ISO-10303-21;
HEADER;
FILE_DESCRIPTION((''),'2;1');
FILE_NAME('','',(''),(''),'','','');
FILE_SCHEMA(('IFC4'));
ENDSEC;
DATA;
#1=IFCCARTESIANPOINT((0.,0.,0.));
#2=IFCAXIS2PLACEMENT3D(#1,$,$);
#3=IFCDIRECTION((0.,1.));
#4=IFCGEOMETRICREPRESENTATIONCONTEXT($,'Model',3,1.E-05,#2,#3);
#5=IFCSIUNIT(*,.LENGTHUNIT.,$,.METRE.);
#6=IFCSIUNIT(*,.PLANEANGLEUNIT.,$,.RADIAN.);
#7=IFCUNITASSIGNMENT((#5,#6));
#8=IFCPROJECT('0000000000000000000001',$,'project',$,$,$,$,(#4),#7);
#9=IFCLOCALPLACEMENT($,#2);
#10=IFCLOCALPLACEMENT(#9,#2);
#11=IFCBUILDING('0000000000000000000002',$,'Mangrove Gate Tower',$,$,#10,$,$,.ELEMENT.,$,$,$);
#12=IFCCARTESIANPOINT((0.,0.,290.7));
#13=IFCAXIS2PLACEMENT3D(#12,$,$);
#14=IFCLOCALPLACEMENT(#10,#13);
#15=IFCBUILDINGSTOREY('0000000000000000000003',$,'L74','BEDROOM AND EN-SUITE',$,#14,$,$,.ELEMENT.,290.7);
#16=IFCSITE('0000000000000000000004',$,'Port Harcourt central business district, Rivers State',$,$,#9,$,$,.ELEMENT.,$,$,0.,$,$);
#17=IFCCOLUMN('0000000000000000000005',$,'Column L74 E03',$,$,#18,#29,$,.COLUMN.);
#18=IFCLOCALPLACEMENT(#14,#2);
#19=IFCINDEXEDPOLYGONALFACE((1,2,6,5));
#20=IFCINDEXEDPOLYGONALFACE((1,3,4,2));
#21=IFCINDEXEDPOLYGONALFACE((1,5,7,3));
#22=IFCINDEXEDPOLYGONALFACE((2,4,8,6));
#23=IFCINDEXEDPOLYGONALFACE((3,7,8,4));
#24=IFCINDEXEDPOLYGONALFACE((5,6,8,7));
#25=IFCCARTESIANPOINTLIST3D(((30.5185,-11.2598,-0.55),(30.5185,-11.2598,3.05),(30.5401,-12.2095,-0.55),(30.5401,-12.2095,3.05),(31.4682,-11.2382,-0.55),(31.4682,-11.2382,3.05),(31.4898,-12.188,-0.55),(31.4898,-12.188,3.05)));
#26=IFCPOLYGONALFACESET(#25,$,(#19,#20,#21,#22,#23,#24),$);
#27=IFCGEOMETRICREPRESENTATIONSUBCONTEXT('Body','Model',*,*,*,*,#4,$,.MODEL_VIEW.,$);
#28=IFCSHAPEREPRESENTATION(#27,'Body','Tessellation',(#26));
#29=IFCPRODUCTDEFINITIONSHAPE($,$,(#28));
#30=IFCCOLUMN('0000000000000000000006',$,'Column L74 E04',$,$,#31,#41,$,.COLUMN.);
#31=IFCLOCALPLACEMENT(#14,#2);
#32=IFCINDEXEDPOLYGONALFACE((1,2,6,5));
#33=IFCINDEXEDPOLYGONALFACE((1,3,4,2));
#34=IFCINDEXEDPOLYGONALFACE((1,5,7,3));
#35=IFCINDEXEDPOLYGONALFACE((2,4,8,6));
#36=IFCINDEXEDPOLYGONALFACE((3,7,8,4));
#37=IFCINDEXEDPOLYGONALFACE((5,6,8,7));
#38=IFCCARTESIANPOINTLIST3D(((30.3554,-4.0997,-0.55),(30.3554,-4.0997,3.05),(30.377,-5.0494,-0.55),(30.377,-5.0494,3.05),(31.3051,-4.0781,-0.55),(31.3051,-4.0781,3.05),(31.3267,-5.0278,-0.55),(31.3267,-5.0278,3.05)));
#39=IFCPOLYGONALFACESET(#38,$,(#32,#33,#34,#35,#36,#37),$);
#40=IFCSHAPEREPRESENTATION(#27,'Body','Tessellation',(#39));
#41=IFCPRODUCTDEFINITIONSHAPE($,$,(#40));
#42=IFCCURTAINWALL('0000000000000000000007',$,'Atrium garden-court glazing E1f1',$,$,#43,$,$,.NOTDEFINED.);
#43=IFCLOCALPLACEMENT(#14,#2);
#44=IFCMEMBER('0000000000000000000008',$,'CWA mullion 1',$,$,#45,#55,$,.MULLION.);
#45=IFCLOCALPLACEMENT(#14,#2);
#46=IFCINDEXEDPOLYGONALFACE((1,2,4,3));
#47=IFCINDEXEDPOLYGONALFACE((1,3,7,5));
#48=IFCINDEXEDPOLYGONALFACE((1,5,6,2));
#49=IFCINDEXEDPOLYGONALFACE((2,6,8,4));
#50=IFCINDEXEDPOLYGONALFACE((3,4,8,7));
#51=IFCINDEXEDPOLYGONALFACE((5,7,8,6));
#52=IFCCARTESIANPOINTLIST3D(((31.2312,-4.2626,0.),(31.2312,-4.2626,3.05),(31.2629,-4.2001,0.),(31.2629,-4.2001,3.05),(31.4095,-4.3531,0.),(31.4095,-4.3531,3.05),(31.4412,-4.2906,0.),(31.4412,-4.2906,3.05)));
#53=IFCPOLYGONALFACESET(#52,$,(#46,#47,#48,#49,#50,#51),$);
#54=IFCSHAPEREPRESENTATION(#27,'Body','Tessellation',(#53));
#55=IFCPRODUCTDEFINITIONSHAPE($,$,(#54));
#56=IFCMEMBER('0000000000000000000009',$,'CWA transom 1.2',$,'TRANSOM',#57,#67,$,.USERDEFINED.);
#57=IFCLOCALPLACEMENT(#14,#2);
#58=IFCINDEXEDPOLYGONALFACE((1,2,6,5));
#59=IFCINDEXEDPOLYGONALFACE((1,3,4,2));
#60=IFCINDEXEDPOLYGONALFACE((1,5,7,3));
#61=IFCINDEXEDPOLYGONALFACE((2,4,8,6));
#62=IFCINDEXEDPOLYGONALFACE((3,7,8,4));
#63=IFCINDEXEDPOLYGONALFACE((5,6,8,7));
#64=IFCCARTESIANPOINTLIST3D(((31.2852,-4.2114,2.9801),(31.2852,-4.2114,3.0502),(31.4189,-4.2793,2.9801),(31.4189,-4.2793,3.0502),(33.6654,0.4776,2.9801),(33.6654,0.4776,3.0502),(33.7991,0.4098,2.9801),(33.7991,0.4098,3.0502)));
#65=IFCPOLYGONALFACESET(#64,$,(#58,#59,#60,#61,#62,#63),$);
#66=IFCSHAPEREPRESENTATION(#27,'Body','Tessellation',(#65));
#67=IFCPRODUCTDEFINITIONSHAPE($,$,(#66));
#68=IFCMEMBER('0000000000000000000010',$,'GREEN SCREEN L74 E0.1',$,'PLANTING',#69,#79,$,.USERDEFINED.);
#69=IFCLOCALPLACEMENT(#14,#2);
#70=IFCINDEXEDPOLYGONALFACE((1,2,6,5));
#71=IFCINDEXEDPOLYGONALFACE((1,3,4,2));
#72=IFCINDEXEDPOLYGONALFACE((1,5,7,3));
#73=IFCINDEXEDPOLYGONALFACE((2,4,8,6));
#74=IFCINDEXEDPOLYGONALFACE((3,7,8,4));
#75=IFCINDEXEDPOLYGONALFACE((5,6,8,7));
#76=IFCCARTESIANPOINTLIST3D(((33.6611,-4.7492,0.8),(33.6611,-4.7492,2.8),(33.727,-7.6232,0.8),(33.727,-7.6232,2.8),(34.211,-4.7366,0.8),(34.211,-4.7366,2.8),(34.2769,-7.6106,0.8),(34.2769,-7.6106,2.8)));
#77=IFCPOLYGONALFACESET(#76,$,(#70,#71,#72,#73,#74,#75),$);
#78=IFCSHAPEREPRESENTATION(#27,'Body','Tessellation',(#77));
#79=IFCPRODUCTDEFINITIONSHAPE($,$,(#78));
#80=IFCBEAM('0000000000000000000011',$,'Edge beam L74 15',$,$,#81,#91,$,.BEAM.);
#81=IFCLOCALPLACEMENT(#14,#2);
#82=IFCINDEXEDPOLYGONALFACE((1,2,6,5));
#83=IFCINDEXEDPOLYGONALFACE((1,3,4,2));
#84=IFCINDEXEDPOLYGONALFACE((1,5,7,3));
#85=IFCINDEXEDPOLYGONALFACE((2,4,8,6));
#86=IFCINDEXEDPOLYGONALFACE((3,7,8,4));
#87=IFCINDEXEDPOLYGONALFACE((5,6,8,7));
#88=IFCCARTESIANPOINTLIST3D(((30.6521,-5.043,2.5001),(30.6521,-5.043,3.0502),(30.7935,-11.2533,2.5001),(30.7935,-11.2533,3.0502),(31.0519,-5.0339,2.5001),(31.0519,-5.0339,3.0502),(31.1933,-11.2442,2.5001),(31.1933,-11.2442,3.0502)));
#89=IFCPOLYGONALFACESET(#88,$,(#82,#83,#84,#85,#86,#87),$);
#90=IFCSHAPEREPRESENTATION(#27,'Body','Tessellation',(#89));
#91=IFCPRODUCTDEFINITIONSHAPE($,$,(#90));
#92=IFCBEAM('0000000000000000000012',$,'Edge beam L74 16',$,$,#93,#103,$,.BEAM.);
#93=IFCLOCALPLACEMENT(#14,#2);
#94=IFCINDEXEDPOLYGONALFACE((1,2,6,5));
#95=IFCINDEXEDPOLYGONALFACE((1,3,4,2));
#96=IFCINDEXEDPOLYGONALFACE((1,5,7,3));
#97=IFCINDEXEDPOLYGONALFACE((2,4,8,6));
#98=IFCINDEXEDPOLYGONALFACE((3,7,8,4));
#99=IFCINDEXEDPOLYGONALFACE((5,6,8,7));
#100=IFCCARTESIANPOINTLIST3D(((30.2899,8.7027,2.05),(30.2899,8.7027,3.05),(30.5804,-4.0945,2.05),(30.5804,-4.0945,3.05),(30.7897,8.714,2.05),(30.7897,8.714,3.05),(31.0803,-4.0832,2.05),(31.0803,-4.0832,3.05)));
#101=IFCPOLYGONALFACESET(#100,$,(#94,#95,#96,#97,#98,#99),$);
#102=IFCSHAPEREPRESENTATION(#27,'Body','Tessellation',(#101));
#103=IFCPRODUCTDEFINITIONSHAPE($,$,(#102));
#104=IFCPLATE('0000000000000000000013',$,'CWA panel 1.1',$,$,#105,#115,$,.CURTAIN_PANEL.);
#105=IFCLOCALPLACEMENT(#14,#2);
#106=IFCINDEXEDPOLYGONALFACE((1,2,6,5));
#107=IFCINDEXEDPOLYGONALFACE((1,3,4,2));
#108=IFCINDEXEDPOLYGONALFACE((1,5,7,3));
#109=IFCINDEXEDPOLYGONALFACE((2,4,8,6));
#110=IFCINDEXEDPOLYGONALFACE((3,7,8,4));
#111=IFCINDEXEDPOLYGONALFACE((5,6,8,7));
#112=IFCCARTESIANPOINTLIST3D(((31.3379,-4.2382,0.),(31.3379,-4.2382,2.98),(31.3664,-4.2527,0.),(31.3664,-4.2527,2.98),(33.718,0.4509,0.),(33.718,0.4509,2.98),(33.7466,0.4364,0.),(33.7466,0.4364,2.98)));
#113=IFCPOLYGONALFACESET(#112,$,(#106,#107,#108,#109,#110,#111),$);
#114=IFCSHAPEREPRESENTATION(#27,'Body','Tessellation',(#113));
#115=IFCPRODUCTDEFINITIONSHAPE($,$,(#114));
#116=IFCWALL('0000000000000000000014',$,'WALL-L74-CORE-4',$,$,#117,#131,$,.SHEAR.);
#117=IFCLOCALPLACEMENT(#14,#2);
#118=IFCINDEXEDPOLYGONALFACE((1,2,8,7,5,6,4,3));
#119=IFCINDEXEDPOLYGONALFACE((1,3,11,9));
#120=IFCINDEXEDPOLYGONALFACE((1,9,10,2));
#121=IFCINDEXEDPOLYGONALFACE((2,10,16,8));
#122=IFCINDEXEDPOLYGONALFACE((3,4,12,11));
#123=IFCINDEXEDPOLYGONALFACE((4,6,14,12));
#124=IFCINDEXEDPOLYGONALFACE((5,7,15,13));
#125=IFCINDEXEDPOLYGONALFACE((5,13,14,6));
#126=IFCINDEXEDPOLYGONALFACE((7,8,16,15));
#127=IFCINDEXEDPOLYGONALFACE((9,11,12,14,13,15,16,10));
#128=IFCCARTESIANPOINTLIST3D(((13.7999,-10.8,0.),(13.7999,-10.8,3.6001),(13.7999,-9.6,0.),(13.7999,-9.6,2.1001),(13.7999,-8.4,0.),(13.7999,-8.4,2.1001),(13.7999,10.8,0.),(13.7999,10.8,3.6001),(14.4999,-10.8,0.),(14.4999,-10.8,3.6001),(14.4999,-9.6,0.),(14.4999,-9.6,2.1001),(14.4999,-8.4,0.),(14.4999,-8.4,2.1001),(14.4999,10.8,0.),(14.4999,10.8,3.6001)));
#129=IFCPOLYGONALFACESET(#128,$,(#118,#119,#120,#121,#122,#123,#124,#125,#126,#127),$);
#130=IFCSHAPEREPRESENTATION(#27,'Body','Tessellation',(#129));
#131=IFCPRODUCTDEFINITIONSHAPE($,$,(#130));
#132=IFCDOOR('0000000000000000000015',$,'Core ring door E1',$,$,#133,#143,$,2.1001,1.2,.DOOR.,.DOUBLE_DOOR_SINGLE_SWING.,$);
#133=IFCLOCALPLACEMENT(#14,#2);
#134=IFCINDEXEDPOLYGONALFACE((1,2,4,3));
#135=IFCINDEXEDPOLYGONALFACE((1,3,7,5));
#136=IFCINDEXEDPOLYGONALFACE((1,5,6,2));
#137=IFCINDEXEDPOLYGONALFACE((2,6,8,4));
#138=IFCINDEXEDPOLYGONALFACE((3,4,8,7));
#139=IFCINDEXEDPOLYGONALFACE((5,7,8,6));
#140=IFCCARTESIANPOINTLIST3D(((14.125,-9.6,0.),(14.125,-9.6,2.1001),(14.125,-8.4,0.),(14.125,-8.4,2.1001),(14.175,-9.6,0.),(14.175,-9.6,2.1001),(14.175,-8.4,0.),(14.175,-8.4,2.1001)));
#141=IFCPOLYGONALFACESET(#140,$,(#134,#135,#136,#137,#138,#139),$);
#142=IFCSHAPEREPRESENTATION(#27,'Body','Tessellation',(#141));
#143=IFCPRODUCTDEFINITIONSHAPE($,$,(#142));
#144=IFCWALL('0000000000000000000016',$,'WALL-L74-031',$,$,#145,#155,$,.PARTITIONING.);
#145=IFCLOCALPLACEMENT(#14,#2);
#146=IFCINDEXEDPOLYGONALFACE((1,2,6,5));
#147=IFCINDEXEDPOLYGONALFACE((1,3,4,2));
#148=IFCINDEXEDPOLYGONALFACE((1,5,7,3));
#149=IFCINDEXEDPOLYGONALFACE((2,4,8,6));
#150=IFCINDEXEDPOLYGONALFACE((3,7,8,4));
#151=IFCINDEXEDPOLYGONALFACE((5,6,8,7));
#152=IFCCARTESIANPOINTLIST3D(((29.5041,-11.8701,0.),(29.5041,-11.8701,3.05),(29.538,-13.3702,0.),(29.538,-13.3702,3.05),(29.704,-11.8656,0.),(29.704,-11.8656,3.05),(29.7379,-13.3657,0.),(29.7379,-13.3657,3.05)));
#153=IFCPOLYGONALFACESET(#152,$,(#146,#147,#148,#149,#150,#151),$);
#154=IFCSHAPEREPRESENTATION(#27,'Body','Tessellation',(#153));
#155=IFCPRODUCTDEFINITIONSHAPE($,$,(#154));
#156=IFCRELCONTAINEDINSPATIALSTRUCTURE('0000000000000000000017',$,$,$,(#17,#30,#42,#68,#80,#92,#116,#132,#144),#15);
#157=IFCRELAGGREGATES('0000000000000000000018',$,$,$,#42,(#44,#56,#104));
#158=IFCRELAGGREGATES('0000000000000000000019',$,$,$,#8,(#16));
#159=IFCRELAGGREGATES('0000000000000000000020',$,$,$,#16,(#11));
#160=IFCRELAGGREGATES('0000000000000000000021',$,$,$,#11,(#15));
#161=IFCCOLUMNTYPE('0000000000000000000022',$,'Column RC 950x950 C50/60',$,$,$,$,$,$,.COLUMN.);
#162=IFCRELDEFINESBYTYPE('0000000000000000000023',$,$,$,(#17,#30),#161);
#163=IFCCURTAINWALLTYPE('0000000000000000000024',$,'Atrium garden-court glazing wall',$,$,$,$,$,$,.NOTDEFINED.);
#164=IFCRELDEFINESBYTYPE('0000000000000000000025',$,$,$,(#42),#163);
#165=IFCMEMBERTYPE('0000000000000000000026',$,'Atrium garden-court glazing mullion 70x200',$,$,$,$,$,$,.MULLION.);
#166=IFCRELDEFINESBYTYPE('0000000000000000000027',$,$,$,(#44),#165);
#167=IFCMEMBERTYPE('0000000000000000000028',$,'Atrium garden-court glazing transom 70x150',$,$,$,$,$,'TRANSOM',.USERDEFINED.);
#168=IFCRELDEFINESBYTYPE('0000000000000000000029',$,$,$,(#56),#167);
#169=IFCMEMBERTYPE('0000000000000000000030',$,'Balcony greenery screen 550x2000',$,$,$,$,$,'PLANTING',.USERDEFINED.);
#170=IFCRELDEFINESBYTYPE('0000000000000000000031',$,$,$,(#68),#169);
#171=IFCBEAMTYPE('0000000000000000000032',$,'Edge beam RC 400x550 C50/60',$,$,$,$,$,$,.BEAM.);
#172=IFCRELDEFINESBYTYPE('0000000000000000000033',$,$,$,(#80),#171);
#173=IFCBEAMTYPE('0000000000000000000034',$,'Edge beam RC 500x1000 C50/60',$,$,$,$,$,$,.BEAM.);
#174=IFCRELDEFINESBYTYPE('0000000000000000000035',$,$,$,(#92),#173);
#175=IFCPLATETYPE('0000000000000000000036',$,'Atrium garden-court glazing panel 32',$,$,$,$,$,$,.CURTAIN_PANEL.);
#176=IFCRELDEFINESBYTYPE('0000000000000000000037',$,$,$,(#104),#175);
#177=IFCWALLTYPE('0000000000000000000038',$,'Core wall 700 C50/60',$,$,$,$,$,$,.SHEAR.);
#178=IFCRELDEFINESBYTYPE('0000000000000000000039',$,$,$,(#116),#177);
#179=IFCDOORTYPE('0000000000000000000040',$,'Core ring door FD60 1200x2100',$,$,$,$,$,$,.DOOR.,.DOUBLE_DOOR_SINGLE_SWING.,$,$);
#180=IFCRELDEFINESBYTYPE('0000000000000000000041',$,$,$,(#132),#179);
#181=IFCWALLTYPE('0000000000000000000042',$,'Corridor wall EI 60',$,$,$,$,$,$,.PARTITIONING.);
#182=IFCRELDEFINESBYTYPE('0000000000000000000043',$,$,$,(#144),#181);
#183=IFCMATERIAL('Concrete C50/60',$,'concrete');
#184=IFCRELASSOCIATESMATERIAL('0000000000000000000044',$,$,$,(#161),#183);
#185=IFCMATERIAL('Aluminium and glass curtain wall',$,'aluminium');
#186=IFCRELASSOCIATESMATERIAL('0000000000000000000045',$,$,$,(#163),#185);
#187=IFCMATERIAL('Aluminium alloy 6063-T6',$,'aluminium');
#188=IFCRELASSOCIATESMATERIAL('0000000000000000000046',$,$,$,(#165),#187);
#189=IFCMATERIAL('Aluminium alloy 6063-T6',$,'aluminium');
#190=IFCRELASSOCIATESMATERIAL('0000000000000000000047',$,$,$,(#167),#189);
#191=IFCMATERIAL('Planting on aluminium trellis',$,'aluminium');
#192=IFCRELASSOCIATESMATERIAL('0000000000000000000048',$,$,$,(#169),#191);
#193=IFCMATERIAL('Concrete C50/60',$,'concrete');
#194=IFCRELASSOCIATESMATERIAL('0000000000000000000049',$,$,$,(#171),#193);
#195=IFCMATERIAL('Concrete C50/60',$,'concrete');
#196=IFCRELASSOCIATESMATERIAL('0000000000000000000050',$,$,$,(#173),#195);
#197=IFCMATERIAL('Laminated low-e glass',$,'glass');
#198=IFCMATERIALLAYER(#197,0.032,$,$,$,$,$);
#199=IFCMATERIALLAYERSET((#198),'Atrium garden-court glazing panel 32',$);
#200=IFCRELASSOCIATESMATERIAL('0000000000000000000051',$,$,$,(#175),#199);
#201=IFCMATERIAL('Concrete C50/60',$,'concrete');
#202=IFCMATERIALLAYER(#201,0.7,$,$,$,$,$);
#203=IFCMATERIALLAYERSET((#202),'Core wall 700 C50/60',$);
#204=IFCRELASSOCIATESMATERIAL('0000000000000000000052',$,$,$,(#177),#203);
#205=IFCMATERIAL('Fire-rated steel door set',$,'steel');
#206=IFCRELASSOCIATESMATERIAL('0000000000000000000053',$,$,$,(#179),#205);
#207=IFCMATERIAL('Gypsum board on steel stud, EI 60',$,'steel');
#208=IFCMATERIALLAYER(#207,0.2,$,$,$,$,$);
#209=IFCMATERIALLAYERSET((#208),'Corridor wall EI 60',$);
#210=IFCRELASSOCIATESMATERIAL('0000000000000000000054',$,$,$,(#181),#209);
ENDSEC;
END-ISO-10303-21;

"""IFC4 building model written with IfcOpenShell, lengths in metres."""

from ifc_helpers import new_model, si_unit, direction, frame, frame_2d, origin, origin_2d, place, context, subcontext, project, spatial, rectangle, extrude, material, layer, layer_set, material_profile, profile_set, type_object, element, fill, aggregate, save


model = new_model("IFC4")

# Units and contexts
model_context = context("Model", 3, precision=1e-05, world=origin(), true_north=direction((0.0, 1.0)))
body_context = subcontext(model_context, "Body", "Model", "MODEL_VIEW")
ifc_project = project(units=[si_unit("LENGTHUNIT", "METRE"), si_unit("PLANEANGLEUNIT", "RADIAN")], contexts=[model_context])

# Site, building, storey
site_placement = place(None, origin())
site = spatial("IfcSite", under=ifc_project, at=site_placement, Name="Port Harcourt central business district, Rivers State", CompositionType="ELEMENT", RefElevation=0.0)
building_placement = place(site_placement, origin())
building = spatial("IfcBuilding", under=site, at=building_placement, Name="Mangrove Gate Tower", CompositionType="ELEMENT")
storey_placement = place(building_placement, frame((0.0, 0.0, 290.7)))
storey = spatial("IfcBuildingStorey", under=building, at=storey_placement, Name="L74", Description="BEDROOM AND EN-SUITE", CompositionType="ELEMENT", Elevation=290.7)

# Columns
ifc_material_1 = material(Name="Concrete C50/60", Category="concrete")
ifc_material_profile_1 = material_profile(ifc_material_1, rectangle(XDim=0.95, YDim=0.95, at=origin_2d()))
ifc_profile_set_1 = profile_set([ifc_material_profile_1], Name="Concrete C50/60")
column_type = type_object("IfcColumnType", Name="Column RC 950x950 C50/60", PredefinedType="COLUMN", material=ifc_profile_set_1)
for number, where, z_axis, x_axis, name in (
    (1, (31.0042, -11.7239, -0.55), (0.0, 0.0, 1.0), (-0.022688, 0.999743, 0.0), "Column L74 E03"),
    (2, (30.8411, -4.5637, -0.55), (0.0, 0.0, 1.0), (-0.022714, 0.999742, 0.0), "Column L74 E04"),
):
    element("IfcColumn", number, at=place(storey_placement, frame(where, z_axis=z_axis, x_axis=x_axis)), inside=storey, type_object=column_type, Name=name, PredefinedType="COLUMN", context=body_context, shape_type="SweptSolid", body=[
        extrude(rectangle(XDim=0.95, YDim=0.95, at=origin_2d()), origin(), (0.0, 0.0, 1.0), 3.6001),
    ])

# Curtain wall, members
ifc_material_2 = material(Name="Aluminium and glass curtain wall", Category="aluminium")
curtain_wall_type = type_object("IfcCurtainWallType", Name="Atrium garden-court glazing wall", PredefinedType="NOTDEFINED", material=ifc_material_2)
curtain_wall_placement = place(storey_placement, origin())
curtain_wall = element("IfcCurtainWall", 3, at=curtain_wall_placement, inside=storey, type_object=curtain_wall_type, Name="Atrium garden-court glazing E1f1", PredefinedType="NOTDEFINED")
ifc_material_3 = material(Name="Aluminium alloy 6063-T6", Category="aluminium")
ifc_material_profile_2 = material_profile(ifc_material_3, rectangle(XDim=0.0701, YDim=0.2, at=origin_2d()))
ifc_profile_set_2 = profile_set([ifc_material_profile_2], Name="Aluminium alloy 6063-T6")
member_type_1 = type_object("IfcMemberType", Name="Atrium garden-court glazing mullion 70x200", PredefinedType="MULLION", material=ifc_profile_set_2)
member_1_placement = place(storey_placement, frame((31.3362, -4.2766, 0.0), z_axis=(0.0, 0.0, 1.0), x_axis=(0.452617, 0.891705, 0.0)))
member_1 = element("IfcMember", 4, at=member_1_placement, type_object=member_type_1, Name="CWA mullion 1", PredefinedType="MULLION", context=body_context, shape_type="SweptSolid", body=[
    extrude(rectangle(XDim=0.0701, YDim=0.2, at=origin_2d()), origin(), (0.0, 0.0, 1.0), 3.05),
])
ifc_material_4 = material(Name="Aluminium alloy 6063-T6", Category="aluminium")
ifc_material_profile_3 = material_profile(ifc_material_4, rectangle(XDim=0.0701, YDim=0.1499, at=origin_2d()))
ifc_profile_set_3 = profile_set([ifc_material_profile_3], Name="Aluminium alloy 6063-T6")
member_type_2 = type_object("IfcMemberType", Name="Atrium garden-court glazing transom 70x150", ElementType="TRANSOM", PredefinedType="USERDEFINED", material=ifc_profile_set_3)
member_2_placement = place(storey_placement, frame((31.3521, -4.2454, 3.0151), z_axis=(0.452628, 0.891699, 0.0), x_axis=(0.0, 0.0, 1.0)))
member_2 = element("IfcMember", 5, at=member_2_placement, type_object=member_type_2, Name="CWA transom 1.2", ObjectType="TRANSOM", PredefinedType="USERDEFINED", context=body_context, shape_type="SweptSolid", body=[
    extrude(rectangle(XDim=0.0701, YDim=0.1499, at=origin_2d()), origin(), (0.0, 0.0, 1.0), 5.2585),
])

# Member
ifc_material_5 = material(Name="Planting on aluminium trellis", Category="aluminium")
ifc_material_profile_4 = material_profile(ifc_material_5, rectangle(XDim=0.55, YDim=2.0, at=origin_2d()))
ifc_profile_set_4 = profile_set([ifc_material_profile_4], Name="Planting on aluminium trellis")
member_type_3 = type_object("IfcMemberType", Name="Balcony greenery screen 550x2000", ElementType="PLANTING", PredefinedType="USERDEFINED", material=ifc_profile_set_4)
member_3_placement = place(storey_placement, frame((34.002, -7.6169, 1.8), z_axis=(-0.02293, 0.999737, 0.0), x_axis=(-0.999737, -0.02293, 0.0)))
element("IfcMember", 6, at=member_3_placement, inside=storey, type_object=member_type_3, Name="GREEN SCREEN L74 E0.1", ObjectType="PLANTING", PredefinedType="USERDEFINED", context=body_context, shape_type="SweptSolid", body=[
    extrude(rectangle(XDim=0.55, YDim=2.0, at=origin_2d()), origin(), (0.0, 0.0, 1.0), 2.8748),
])

# Beams
ifc_material_6 = material(Name="Concrete C50/60", Category="concrete")
ifc_material_profile_5 = material_profile(ifc_material_6, rectangle(XDim=0.3999, YDim=0.55, at=origin_2d()))
ifc_profile_set_5 = profile_set([ifc_material_profile_5], Name="Concrete C50/60")
beam_type_1 = type_object("IfcBeamType", Name="Edge beam RC 400x550 C50/60", PredefinedType="BEAM", material=ifc_profile_set_5)
beam_1_placement = place(storey_placement, frame((30.9934, -11.2488, 2.7751), z_axis=(-0.022756, 0.999741, 0.0), x_axis=(-0.999741, -0.022756, 0.0)))
element("IfcBeam", 7, at=beam_1_placement, inside=storey, type_object=beam_type_1, Name="Edge beam L74 15", PredefinedType="BEAM", context=body_context, shape_type="SweptSolid", body=[
    extrude(rectangle(XDim=0.3999, YDim=0.55, at=origin_2d()), origin(), (0.0, 0.0, 1.0), 6.2119),
])
ifc_material_7 = material(Name="Concrete C50/60", Category="concrete")
ifc_material_profile_6 = material_profile(ifc_material_7, rectangle(XDim=0.5, YDim=1.0, at=origin_2d()))
ifc_profile_set_6 = profile_set([ifc_material_profile_6], Name="Concrete C50/60")
beam_type_2 = type_object("IfcBeamType", Name="Edge beam RC 500x1000 C50/60", PredefinedType="BEAM", material=ifc_profile_set_6)
beam_2_placement = place(storey_placement, frame((30.8303, -4.0889, 2.55), z_axis=(-0.022697, 0.999742, 0.0), x_axis=(-0.999742, -0.022697, 0.0)))
element("IfcBeam", 8, at=beam_2_placement, inside=storey, type_object=beam_type_2, Name="Edge beam L74 16", PredefinedType="BEAM", context=body_context, shape_type="SweptSolid", body=[
    extrude(rectangle(XDim=0.5, YDim=1.0, at=origin_2d()), origin(), (0.0, 0.0, 1.0), 12.8005),
])

# Plate
ifc_material_8 = material(Name="Laminated low-e glass", Category="glass")
ifc_layer_1 = layer(ifc_material_8, 0.032)
ifc_layer_set_1 = layer_set([ifc_layer_1], Name="Atrium garden-court glazing panel 32")
plate_type = type_object("IfcPlateType", Name="Atrium garden-court glazing panel 32", PredefinedType="CURTAIN_PANEL", material=ifc_layer_set_1)
plate_placement = place(storey_placement, frame((32.5422, -1.9009, 0.0), z_axis=(0.0, 0.0, 1.0), x_axis=(0.452617, 0.891705, 0.0)))
plate = element("IfcPlate", 9, at=plate_placement, type_object=plate_type, Name="CWA panel 1.1", PredefinedType="CURTAIN_PANEL", context=body_context, shape_type="SweptSolid", body=[
    extrude(rectangle(XDim=5.2585, YDim=0.032, at=origin_2d()), origin(), (0.0, 0.0, 1.0), 2.98),
])
aggregate(curtain_wall, [member_1, member_2, plate])

# Wall, opening, door
ifc_material_9 = material(Name="Concrete C50/60", Category="concrete")
ifc_layer_2 = layer(ifc_material_9, 0.7)
ifc_layer_set_2 = layer_set([ifc_layer_2], Name="Core wall 700 C50/60")
wall_type_1 = type_object("IfcWallType", Name="Core wall 700 C50/60", PredefinedType="SHEAR", material=ifc_layer_set_2)
wall_1_placement = place(storey_placement, frame((14.1499, -10.8, 0.0), z_axis=(0.0, 0.0, 1.0), x_axis=(0.0, 1.0, 0.0)))
wall_1 = element("IfcWall", 10, at=wall_1_placement, inside=storey, type_object=wall_type_1, Name="WALL-L74-CORE-4", PredefinedType="SHEAR", context=body_context, shape_type="SweptSolid", body=[
    extrude(rectangle(XDim=21.6001, YDim=0.7, at=frame_2d((10.8, 0.0))), origin(), (0.0, 0.0, 1.0), 3.6001),
])
opening_1_placement = place(wall_1_placement, frame((1.2, 0.0, 0.0)))
opening_1 = element("IfcOpeningElement", 11, at=opening_1_placement, cuts=wall_1, PredefinedType="OPENING", context=body_context, shape_type="SweptSolid", body=[
    extrude(rectangle(XDim=1.2, YDim=2.1001, at=frame_2d((0.6001, 1.05))), frame((0.0, 0.3599, 0.0), z_axis=(0.0, -1.0, 0.0), x_axis=(1.0, 0.0, 0.0)), (0.0, 0.0, 1.0), 0.72),
])
ifc_material_10 = material(Name="Fire-rated steel door set", Category="steel")
door_type_1 = type_object("IfcDoorType", Name="Core ring door FD60 1200x2100", OperationType="DOUBLE_DOOR_SINGLE_SWING", PredefinedType="DOOR", material=ifc_material_10)
door_1_placement = place(opening_1_placement, origin())
door_1 = element("IfcDoor", 12, at=door_1_placement, inside=storey, type_object=door_type_1, Name="Core ring door E1", OperationType="DOUBLE_DOOR_SINGLE_SWING", OverallHeight=2.1001, OverallWidth=1.2, PredefinedType="DOOR", context=body_context, shape_type="SweptSolid", body=[
    extrude(rectangle(XDim=1.2, YDim=2.1001, at=frame_2d((0.6001, 1.05))), frame((0.0, 0.0249, 0.0), z_axis=(0.0, -1.0, 0.0), x_axis=(1.0, 0.0, 0.0)), (0.0, 0.0, 1.0), 0.05),
])
fill(opening_1, door_1)

# Wall
ifc_material_11 = material(Name="Gypsum board on steel stud, EI 60", Category="steel")
ifc_layer_3 = layer(ifc_material_11, 0.2)
ifc_layer_set_3 = layer_set([ifc_layer_3], Name="Corridor wall EI 60")
wall_type_2 = type_object("IfcWallType", Name="Corridor wall EI 60", PredefinedType="PARTITIONING", material=ifc_layer_set_3)
wall_2_placement = place(storey_placement, frame((29.6379, -13.3679, 0.0), z_axis=(0.0, 0.0, 1.0), x_axis=(-0.022618, 0.999744, 0.0)))
element("IfcWall", 13, at=wall_2_placement, inside=storey, type_object=wall_type_2, Name="WALL-L74-031", PredefinedType="PARTITIONING", context=body_context, shape_type="SweptSolid", body=[
    extrude(rectangle(XDim=1.5005, YDim=0.2, at=frame_2d((0.7502, 0.0))), origin(), (0.0, 0.0, 1.0), 3.05),
])

save(model, "model.ifc")
